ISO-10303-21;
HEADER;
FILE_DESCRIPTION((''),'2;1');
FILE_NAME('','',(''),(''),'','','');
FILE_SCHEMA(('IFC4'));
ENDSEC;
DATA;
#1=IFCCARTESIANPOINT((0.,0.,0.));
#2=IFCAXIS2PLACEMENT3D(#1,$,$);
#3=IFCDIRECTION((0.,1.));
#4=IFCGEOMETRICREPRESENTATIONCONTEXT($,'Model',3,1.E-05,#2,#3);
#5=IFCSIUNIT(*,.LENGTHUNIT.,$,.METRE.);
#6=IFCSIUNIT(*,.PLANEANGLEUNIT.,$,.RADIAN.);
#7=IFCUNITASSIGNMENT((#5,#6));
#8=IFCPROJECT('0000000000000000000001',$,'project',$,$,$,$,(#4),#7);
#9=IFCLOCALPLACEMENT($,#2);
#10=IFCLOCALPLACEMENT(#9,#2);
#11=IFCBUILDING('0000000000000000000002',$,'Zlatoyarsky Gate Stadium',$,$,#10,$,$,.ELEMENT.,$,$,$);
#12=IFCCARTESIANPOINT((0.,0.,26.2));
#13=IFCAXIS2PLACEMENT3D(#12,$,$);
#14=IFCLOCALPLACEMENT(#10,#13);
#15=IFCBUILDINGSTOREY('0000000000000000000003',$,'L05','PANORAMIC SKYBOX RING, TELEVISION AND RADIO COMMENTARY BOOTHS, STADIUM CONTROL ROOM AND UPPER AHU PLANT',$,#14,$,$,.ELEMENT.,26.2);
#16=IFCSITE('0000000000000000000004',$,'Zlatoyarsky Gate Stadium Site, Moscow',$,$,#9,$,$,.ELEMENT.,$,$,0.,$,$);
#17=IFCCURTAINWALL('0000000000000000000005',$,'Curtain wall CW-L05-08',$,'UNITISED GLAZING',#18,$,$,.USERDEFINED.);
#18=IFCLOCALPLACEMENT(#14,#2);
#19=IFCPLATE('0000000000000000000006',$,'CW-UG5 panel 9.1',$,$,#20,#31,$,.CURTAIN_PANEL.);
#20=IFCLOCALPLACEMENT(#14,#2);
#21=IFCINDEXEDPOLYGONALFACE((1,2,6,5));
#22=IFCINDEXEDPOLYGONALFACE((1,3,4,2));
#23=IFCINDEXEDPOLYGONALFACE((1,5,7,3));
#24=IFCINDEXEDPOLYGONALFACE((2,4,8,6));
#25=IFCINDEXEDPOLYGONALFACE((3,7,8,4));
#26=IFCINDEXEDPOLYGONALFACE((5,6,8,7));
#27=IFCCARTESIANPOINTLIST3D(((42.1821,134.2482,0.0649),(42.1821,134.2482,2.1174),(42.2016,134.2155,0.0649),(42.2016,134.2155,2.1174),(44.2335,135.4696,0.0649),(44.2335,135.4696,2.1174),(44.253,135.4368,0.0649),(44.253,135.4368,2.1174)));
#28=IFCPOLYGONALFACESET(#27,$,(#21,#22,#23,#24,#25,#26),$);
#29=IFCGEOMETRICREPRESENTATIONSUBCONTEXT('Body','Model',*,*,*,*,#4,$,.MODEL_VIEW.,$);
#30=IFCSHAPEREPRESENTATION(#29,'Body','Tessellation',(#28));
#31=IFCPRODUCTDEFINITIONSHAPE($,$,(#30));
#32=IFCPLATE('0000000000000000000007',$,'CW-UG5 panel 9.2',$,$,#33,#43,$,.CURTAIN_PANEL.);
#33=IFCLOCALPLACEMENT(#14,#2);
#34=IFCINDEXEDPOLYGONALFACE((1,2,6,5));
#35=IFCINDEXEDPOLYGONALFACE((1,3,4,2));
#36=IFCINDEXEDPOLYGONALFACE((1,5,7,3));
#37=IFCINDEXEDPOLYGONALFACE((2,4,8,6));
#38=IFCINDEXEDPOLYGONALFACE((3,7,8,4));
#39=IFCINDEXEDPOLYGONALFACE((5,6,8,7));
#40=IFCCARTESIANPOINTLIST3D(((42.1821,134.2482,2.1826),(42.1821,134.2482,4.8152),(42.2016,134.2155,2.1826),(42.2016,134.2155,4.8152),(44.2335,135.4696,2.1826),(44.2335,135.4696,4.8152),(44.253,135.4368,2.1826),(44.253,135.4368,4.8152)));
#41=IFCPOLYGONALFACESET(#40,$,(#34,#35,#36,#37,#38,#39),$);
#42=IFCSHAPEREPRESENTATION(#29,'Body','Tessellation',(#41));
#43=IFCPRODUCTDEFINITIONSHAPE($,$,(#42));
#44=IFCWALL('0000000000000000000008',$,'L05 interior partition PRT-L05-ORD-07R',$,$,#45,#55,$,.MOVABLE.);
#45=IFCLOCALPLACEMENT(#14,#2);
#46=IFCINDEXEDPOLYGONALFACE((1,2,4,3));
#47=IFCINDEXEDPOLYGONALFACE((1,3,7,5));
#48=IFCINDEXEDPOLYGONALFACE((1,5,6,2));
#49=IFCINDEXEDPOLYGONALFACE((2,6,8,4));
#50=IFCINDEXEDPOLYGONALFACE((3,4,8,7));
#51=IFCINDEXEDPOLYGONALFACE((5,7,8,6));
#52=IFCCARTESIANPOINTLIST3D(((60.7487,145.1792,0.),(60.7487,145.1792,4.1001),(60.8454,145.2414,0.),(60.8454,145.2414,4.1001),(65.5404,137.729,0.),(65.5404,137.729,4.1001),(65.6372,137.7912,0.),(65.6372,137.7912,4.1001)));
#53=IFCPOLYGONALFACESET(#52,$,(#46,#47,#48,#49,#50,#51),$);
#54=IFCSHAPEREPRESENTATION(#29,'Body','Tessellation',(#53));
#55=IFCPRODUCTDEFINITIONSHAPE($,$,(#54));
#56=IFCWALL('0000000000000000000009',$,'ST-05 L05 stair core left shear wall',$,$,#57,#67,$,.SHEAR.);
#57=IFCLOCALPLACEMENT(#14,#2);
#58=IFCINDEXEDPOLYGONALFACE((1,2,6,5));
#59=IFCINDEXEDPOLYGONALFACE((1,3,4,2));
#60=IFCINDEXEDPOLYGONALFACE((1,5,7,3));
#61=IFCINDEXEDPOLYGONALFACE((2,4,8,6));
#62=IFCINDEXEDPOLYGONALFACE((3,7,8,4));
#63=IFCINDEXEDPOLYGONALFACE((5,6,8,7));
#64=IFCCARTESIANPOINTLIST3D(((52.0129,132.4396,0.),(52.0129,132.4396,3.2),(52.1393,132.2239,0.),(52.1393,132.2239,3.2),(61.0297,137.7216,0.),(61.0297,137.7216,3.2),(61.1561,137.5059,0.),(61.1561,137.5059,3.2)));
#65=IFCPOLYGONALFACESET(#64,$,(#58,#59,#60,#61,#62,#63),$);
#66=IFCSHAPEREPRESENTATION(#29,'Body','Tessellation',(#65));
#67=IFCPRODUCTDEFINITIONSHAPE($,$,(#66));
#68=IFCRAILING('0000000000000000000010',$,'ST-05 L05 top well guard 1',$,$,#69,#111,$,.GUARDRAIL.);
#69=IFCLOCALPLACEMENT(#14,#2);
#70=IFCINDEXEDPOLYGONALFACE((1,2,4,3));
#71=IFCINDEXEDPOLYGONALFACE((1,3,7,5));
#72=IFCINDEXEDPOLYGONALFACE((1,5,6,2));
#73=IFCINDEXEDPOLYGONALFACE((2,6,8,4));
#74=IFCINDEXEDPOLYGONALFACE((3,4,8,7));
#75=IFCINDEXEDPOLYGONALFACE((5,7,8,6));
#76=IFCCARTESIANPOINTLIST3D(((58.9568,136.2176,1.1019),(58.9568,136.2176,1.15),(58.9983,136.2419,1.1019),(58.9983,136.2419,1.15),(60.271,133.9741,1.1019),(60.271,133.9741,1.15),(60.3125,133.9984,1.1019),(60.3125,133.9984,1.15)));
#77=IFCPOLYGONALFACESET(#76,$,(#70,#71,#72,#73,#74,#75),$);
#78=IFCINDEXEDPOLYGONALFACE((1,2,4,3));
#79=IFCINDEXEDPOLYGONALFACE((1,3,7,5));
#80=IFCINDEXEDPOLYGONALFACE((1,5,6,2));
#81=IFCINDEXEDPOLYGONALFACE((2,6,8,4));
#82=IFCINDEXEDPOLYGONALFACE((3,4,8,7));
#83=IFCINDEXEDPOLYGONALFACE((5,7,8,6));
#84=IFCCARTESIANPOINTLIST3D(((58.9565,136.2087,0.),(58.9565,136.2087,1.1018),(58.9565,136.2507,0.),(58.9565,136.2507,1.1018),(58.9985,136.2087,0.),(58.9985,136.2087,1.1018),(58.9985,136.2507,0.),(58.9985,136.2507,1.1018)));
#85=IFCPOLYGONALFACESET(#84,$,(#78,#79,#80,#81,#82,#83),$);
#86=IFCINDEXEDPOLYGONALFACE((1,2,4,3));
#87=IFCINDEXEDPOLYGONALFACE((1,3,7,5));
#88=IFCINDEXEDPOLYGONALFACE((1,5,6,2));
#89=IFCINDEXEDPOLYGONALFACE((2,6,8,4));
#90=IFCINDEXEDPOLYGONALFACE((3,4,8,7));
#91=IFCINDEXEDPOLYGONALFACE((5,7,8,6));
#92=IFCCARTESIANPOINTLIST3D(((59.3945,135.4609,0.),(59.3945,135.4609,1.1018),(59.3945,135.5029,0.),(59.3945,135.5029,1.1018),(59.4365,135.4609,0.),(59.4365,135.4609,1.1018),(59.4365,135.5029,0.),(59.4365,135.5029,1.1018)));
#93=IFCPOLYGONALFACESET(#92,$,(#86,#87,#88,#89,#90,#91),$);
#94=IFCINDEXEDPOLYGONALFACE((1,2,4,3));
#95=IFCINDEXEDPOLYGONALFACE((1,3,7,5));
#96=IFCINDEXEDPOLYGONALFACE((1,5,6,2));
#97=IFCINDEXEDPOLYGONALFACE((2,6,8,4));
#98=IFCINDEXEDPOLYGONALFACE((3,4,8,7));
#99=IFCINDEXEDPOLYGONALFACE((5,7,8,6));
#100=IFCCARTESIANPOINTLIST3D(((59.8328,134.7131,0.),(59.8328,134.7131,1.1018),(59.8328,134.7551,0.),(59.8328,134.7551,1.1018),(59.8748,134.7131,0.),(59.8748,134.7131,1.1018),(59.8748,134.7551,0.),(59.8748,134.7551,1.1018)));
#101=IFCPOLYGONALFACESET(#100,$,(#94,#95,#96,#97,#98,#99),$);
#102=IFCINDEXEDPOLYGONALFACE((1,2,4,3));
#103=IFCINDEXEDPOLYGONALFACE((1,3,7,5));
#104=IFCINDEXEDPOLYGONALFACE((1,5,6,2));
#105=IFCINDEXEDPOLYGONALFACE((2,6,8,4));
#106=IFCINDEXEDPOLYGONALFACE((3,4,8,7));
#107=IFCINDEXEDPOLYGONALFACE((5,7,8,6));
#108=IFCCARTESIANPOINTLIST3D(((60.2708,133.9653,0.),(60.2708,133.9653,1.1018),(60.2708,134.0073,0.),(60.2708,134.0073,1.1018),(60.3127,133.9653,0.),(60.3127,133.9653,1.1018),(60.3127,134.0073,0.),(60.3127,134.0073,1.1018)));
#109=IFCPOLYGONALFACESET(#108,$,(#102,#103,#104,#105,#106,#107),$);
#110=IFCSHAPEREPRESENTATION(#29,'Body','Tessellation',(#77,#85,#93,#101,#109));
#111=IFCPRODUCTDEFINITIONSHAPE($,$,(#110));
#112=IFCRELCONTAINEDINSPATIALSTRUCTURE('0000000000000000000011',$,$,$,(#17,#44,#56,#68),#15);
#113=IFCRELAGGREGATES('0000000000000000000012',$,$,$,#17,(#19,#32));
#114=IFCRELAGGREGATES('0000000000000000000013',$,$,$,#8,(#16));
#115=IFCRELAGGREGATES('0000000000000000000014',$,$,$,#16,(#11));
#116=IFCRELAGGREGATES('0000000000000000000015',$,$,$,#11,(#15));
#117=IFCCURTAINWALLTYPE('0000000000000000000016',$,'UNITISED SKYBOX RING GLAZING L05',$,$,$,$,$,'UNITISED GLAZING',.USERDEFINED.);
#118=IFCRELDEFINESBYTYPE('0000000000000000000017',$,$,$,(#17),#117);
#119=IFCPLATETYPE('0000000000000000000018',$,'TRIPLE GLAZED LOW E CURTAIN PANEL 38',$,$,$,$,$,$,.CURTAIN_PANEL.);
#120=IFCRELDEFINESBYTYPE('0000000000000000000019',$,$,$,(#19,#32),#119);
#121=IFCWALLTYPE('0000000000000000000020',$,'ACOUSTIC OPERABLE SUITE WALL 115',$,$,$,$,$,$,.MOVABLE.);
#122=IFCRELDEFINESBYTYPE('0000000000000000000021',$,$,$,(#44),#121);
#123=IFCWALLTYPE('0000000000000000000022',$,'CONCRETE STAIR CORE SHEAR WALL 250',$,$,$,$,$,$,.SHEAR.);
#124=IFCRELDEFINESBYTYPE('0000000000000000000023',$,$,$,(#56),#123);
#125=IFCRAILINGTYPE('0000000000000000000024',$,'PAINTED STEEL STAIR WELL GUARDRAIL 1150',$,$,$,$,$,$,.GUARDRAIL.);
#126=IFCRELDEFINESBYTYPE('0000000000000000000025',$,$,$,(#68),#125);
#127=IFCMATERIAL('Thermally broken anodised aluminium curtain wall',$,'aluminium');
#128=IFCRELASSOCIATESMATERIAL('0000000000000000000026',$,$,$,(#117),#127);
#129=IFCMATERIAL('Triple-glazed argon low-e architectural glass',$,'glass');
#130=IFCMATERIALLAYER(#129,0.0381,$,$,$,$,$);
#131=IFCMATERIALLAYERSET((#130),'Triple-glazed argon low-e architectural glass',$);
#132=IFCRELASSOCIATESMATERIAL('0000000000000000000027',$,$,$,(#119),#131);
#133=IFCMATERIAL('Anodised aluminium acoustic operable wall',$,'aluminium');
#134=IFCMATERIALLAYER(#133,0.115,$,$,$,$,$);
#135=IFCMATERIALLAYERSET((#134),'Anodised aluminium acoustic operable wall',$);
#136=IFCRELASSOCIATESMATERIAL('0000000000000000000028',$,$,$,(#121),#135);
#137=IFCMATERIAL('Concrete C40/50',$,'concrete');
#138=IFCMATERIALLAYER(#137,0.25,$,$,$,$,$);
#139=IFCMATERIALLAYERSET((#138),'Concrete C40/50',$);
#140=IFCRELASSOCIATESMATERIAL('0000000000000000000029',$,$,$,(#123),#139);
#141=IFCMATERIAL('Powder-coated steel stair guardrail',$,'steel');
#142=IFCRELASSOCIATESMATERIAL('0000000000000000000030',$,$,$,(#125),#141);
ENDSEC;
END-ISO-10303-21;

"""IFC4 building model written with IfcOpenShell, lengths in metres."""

from ifc_helpers import new_model, si_unit, direction, frame, frame_2d, origin, origin_2d, place, context, subcontext, project, spatial, rectangle, extrude, material, layer, layer_set, type_object, element, aggregate, save


model = new_model("IFC4")

# Units and contexts
model_context = context("Model", 3, precision=1e-05, world=origin(), true_north=direction((0.0, 1.0)))
body_context = subcontext(model_context, "Body", "Model", "MODEL_VIEW")
ifc_project = project(units=[si_unit("LENGTHUNIT", "METRE"), si_unit("PLANEANGLEUNIT", "RADIAN")], contexts=[model_context])

# Site, building, storey
site_placement = place(None, origin())
site = spatial("IfcSite", under=ifc_project, at=site_placement, Name="Zlatoyarsky Gate Stadium Site, Moscow", CompositionType="ELEMENT", RefElevation=0.0)
building_placement = place(site_placement, origin())
building = spatial("IfcBuilding", under=site, at=building_placement, Name="Zlatoyarsky Gate Stadium", CompositionType="ELEMENT")
storey_placement = place(building_placement, frame((0.0, 0.0, 26.2)))
storey = spatial("IfcBuildingStorey", under=building, at=storey_placement, Name="L05", Description="PANORAMIC SKYBOX RING, TELEVISION AND RADIO COMMENTARY BOOTHS, STADIUM CONTROL ROOM AND UPPER AHU PLANT", CompositionType="ELEMENT", Elevation=26.2)

# Curtain wall
ifc_material_1 = material(Name="Thermally broken anodised aluminium curtain wall", Category="aluminium")
curtain_wall_type = type_object("IfcCurtainWallType", Name="UNITISED SKYBOX RING GLAZING L05", ElementType="UNITISED GLAZING", PredefinedType="USERDEFINED", material=ifc_material_1)
curtain_wall_placement = place(storey_placement, origin())
curtain_wall = element("IfcCurtainWall", 1, at=curtain_wall_placement, inside=storey, type_object=curtain_wall_type, Name="Curtain wall CW-L05-08", ObjectType="UNITISED GLAZING", PredefinedType="USERDEFINED")

# Plates
ifc_material_2 = material(Name="Triple-glazed argon low-e architectural glass", Category="glass")
ifc_layer_1 = layer(ifc_material_2, 0.0381)
ifc_layer_set_1 = layer_set([ifc_layer_1], Name="Triple-glazed argon low-e architectural glass")
plate_type_1 = type_object("IfcPlateType", Name="TRIPLE GLAZED LOW E CURTAIN PANEL 38", PredefinedType="CURTAIN_PANEL", material=ifc_layer_set_1)
plate_1_placement = place(storey_placement, frame((43.2175, 134.8425, 0.0649), z_axis=(0.0, 0.0, 1.0), x_axis=(-0.859239, -0.511575, 0.0)))
plate_1 = element("IfcPlate", 2, at=plate_1_placement, type_object=plate_type_1, Name="CW-UG5 panel 9.1", PredefinedType="CURTAIN_PANEL", context=body_context, shape_type="SweptSolid", body=[
    extrude(rectangle(XDim=2.3875, YDim=0.0381, at=origin_2d()), origin(), (0.0, 0.0, 1.0), 2.0525),
])
plate_2_placement = place(storey_placement, frame((43.2175, 134.8425, 2.1826), z_axis=(0.0, 0.0, 1.0), x_axis=(-0.859239, -0.511575, 0.0)))
plate_2 = element("IfcPlate", 3, at=plate_2_placement, type_object=plate_type_1, Name="CW-UG5 panel 9.2", PredefinedType="CURTAIN_PANEL", context=body_context, shape_type="SweptSolid", body=[
    extrude(rectangle(XDim=2.3875, YDim=0.0381, at=origin_2d()), origin(), (0.0, 0.0, 1.0), 2.6326),
])
aggregate(curtain_wall, [plate_1, plate_2])

# Walls
ifc_material_3 = material(Name="Anodised aluminium acoustic operable wall", Category="aluminium")
ifc_layer_2 = layer(ifc_material_3, 0.115)
ifc_layer_set_2 = layer_set([ifc_layer_2], Name="Anodised aluminium acoustic operable wall")
wall_type_1 = type_object("IfcWallType", Name="ACOUSTIC OPERABLE SUITE WALL 115", PredefinedType="MOVABLE", material=ifc_layer_set_2)
wall_1_placement = place(storey_placement, frame((65.5889, 137.76, 0.0), z_axis=(0.0, 0.0, 1.0), x_axis=(-0.540944, 0.841058, 0.0)))
element("IfcWall", 4, at=wall_1_placement, inside=storey, type_object=wall_type_1, Name="L05 interior partition PRT-L05-ORD-07R", PredefinedType="MOVABLE", context=body_context, shape_type="SweptSolid", body=[
    extrude(rectangle(XDim=8.8582, YDim=0.115, at=frame_2d((4.4292, 0.0))), origin(), (0.0, 0.0, 1.0), 4.1001),
])
ifc_material_4 = material(Name="Concrete C40/50", Category="concrete")
ifc_layer_3 = layer(ifc_material_4, 0.25)
ifc_layer_set_3 = layer_set([ifc_layer_3], Name="Concrete C40/50")
wall_type_2 = type_object("IfcWallType", Name="CONCRETE STAIR CORE SHEAR WALL 250", PredefinedType="SHEAR", material=ifc_layer_set_3)
wall_2_placement = place(storey_placement, frame((61.093, 137.6138, 0.0), z_axis=(0.0, 0.0, 1.0), x_axis=(-0.862855, -0.505452, 0.0)))
element("IfcWall", 5, at=wall_2_placement, inside=storey, type_object=wall_type_2, Name="ST-05 L05 stair core left shear wall", PredefinedType="SHEAR", context=body_context, shape_type="SweptSolid", body=[
    extrude(rectangle(XDim=10.45, YDim=0.25, at=frame_2d((5.2251, 0.0))), origin(), (0.0, 0.0, 1.0), 3.2),
])

# Railing
ifc_material_5 = material(Name="Powder-coated steel stair guardrail", Category="steel")
railing_type = type_object("IfcRailingType", Name="PAINTED STEEL STAIR WELL GUARDRAIL 1150", PredefinedType="GUARDRAIL", material=ifc_material_5)
railing_placement = place(storey_placement, frame((58.9775, 136.2297, 0.0)))
element("IfcRailing", 6, at=railing_placement, inside=storey, type_object=railing_type, Name="ST-05 L05 top well guard 1", PredefinedType="GUARDRAIL", context=body_context, shape_type="SweptSolid", body=[
    extrude(rectangle(XDim=0.0481, YDim=0.0481, at=origin_2d()), frame((0.0, 0.0, 1.126), z_axis=(0.505464, -0.862848, 0.0), x_axis=(0.862848, 0.505464, 0.0)), (0.0, 0.0, 1.0), 2.6001),
    extrude(rectangle(XDim=0.042, YDim=0.042, at=origin_2d()), origin(), (0.0, 0.0, 1.0), 1.1018),
    extrude(rectangle(XDim=0.042, YDim=0.042, at=origin_2d()), frame((0.438, -0.7478, 0.0)), (0.0, 0.0, 1.0), 1.1018),
    extrude(rectangle(XDim=0.042, YDim=0.042, at=origin_2d()), frame((0.8762, -1.4956, 0.0)), (0.0, 0.0, 1.0), 1.1018),
    extrude(rectangle(XDim=0.042, YDim=0.042, at=origin_2d()), frame((1.3142, -2.2434, 0.0)), (0.0, 0.0, 1.0), 1.1018),
])

save(model, "model.ifc")
